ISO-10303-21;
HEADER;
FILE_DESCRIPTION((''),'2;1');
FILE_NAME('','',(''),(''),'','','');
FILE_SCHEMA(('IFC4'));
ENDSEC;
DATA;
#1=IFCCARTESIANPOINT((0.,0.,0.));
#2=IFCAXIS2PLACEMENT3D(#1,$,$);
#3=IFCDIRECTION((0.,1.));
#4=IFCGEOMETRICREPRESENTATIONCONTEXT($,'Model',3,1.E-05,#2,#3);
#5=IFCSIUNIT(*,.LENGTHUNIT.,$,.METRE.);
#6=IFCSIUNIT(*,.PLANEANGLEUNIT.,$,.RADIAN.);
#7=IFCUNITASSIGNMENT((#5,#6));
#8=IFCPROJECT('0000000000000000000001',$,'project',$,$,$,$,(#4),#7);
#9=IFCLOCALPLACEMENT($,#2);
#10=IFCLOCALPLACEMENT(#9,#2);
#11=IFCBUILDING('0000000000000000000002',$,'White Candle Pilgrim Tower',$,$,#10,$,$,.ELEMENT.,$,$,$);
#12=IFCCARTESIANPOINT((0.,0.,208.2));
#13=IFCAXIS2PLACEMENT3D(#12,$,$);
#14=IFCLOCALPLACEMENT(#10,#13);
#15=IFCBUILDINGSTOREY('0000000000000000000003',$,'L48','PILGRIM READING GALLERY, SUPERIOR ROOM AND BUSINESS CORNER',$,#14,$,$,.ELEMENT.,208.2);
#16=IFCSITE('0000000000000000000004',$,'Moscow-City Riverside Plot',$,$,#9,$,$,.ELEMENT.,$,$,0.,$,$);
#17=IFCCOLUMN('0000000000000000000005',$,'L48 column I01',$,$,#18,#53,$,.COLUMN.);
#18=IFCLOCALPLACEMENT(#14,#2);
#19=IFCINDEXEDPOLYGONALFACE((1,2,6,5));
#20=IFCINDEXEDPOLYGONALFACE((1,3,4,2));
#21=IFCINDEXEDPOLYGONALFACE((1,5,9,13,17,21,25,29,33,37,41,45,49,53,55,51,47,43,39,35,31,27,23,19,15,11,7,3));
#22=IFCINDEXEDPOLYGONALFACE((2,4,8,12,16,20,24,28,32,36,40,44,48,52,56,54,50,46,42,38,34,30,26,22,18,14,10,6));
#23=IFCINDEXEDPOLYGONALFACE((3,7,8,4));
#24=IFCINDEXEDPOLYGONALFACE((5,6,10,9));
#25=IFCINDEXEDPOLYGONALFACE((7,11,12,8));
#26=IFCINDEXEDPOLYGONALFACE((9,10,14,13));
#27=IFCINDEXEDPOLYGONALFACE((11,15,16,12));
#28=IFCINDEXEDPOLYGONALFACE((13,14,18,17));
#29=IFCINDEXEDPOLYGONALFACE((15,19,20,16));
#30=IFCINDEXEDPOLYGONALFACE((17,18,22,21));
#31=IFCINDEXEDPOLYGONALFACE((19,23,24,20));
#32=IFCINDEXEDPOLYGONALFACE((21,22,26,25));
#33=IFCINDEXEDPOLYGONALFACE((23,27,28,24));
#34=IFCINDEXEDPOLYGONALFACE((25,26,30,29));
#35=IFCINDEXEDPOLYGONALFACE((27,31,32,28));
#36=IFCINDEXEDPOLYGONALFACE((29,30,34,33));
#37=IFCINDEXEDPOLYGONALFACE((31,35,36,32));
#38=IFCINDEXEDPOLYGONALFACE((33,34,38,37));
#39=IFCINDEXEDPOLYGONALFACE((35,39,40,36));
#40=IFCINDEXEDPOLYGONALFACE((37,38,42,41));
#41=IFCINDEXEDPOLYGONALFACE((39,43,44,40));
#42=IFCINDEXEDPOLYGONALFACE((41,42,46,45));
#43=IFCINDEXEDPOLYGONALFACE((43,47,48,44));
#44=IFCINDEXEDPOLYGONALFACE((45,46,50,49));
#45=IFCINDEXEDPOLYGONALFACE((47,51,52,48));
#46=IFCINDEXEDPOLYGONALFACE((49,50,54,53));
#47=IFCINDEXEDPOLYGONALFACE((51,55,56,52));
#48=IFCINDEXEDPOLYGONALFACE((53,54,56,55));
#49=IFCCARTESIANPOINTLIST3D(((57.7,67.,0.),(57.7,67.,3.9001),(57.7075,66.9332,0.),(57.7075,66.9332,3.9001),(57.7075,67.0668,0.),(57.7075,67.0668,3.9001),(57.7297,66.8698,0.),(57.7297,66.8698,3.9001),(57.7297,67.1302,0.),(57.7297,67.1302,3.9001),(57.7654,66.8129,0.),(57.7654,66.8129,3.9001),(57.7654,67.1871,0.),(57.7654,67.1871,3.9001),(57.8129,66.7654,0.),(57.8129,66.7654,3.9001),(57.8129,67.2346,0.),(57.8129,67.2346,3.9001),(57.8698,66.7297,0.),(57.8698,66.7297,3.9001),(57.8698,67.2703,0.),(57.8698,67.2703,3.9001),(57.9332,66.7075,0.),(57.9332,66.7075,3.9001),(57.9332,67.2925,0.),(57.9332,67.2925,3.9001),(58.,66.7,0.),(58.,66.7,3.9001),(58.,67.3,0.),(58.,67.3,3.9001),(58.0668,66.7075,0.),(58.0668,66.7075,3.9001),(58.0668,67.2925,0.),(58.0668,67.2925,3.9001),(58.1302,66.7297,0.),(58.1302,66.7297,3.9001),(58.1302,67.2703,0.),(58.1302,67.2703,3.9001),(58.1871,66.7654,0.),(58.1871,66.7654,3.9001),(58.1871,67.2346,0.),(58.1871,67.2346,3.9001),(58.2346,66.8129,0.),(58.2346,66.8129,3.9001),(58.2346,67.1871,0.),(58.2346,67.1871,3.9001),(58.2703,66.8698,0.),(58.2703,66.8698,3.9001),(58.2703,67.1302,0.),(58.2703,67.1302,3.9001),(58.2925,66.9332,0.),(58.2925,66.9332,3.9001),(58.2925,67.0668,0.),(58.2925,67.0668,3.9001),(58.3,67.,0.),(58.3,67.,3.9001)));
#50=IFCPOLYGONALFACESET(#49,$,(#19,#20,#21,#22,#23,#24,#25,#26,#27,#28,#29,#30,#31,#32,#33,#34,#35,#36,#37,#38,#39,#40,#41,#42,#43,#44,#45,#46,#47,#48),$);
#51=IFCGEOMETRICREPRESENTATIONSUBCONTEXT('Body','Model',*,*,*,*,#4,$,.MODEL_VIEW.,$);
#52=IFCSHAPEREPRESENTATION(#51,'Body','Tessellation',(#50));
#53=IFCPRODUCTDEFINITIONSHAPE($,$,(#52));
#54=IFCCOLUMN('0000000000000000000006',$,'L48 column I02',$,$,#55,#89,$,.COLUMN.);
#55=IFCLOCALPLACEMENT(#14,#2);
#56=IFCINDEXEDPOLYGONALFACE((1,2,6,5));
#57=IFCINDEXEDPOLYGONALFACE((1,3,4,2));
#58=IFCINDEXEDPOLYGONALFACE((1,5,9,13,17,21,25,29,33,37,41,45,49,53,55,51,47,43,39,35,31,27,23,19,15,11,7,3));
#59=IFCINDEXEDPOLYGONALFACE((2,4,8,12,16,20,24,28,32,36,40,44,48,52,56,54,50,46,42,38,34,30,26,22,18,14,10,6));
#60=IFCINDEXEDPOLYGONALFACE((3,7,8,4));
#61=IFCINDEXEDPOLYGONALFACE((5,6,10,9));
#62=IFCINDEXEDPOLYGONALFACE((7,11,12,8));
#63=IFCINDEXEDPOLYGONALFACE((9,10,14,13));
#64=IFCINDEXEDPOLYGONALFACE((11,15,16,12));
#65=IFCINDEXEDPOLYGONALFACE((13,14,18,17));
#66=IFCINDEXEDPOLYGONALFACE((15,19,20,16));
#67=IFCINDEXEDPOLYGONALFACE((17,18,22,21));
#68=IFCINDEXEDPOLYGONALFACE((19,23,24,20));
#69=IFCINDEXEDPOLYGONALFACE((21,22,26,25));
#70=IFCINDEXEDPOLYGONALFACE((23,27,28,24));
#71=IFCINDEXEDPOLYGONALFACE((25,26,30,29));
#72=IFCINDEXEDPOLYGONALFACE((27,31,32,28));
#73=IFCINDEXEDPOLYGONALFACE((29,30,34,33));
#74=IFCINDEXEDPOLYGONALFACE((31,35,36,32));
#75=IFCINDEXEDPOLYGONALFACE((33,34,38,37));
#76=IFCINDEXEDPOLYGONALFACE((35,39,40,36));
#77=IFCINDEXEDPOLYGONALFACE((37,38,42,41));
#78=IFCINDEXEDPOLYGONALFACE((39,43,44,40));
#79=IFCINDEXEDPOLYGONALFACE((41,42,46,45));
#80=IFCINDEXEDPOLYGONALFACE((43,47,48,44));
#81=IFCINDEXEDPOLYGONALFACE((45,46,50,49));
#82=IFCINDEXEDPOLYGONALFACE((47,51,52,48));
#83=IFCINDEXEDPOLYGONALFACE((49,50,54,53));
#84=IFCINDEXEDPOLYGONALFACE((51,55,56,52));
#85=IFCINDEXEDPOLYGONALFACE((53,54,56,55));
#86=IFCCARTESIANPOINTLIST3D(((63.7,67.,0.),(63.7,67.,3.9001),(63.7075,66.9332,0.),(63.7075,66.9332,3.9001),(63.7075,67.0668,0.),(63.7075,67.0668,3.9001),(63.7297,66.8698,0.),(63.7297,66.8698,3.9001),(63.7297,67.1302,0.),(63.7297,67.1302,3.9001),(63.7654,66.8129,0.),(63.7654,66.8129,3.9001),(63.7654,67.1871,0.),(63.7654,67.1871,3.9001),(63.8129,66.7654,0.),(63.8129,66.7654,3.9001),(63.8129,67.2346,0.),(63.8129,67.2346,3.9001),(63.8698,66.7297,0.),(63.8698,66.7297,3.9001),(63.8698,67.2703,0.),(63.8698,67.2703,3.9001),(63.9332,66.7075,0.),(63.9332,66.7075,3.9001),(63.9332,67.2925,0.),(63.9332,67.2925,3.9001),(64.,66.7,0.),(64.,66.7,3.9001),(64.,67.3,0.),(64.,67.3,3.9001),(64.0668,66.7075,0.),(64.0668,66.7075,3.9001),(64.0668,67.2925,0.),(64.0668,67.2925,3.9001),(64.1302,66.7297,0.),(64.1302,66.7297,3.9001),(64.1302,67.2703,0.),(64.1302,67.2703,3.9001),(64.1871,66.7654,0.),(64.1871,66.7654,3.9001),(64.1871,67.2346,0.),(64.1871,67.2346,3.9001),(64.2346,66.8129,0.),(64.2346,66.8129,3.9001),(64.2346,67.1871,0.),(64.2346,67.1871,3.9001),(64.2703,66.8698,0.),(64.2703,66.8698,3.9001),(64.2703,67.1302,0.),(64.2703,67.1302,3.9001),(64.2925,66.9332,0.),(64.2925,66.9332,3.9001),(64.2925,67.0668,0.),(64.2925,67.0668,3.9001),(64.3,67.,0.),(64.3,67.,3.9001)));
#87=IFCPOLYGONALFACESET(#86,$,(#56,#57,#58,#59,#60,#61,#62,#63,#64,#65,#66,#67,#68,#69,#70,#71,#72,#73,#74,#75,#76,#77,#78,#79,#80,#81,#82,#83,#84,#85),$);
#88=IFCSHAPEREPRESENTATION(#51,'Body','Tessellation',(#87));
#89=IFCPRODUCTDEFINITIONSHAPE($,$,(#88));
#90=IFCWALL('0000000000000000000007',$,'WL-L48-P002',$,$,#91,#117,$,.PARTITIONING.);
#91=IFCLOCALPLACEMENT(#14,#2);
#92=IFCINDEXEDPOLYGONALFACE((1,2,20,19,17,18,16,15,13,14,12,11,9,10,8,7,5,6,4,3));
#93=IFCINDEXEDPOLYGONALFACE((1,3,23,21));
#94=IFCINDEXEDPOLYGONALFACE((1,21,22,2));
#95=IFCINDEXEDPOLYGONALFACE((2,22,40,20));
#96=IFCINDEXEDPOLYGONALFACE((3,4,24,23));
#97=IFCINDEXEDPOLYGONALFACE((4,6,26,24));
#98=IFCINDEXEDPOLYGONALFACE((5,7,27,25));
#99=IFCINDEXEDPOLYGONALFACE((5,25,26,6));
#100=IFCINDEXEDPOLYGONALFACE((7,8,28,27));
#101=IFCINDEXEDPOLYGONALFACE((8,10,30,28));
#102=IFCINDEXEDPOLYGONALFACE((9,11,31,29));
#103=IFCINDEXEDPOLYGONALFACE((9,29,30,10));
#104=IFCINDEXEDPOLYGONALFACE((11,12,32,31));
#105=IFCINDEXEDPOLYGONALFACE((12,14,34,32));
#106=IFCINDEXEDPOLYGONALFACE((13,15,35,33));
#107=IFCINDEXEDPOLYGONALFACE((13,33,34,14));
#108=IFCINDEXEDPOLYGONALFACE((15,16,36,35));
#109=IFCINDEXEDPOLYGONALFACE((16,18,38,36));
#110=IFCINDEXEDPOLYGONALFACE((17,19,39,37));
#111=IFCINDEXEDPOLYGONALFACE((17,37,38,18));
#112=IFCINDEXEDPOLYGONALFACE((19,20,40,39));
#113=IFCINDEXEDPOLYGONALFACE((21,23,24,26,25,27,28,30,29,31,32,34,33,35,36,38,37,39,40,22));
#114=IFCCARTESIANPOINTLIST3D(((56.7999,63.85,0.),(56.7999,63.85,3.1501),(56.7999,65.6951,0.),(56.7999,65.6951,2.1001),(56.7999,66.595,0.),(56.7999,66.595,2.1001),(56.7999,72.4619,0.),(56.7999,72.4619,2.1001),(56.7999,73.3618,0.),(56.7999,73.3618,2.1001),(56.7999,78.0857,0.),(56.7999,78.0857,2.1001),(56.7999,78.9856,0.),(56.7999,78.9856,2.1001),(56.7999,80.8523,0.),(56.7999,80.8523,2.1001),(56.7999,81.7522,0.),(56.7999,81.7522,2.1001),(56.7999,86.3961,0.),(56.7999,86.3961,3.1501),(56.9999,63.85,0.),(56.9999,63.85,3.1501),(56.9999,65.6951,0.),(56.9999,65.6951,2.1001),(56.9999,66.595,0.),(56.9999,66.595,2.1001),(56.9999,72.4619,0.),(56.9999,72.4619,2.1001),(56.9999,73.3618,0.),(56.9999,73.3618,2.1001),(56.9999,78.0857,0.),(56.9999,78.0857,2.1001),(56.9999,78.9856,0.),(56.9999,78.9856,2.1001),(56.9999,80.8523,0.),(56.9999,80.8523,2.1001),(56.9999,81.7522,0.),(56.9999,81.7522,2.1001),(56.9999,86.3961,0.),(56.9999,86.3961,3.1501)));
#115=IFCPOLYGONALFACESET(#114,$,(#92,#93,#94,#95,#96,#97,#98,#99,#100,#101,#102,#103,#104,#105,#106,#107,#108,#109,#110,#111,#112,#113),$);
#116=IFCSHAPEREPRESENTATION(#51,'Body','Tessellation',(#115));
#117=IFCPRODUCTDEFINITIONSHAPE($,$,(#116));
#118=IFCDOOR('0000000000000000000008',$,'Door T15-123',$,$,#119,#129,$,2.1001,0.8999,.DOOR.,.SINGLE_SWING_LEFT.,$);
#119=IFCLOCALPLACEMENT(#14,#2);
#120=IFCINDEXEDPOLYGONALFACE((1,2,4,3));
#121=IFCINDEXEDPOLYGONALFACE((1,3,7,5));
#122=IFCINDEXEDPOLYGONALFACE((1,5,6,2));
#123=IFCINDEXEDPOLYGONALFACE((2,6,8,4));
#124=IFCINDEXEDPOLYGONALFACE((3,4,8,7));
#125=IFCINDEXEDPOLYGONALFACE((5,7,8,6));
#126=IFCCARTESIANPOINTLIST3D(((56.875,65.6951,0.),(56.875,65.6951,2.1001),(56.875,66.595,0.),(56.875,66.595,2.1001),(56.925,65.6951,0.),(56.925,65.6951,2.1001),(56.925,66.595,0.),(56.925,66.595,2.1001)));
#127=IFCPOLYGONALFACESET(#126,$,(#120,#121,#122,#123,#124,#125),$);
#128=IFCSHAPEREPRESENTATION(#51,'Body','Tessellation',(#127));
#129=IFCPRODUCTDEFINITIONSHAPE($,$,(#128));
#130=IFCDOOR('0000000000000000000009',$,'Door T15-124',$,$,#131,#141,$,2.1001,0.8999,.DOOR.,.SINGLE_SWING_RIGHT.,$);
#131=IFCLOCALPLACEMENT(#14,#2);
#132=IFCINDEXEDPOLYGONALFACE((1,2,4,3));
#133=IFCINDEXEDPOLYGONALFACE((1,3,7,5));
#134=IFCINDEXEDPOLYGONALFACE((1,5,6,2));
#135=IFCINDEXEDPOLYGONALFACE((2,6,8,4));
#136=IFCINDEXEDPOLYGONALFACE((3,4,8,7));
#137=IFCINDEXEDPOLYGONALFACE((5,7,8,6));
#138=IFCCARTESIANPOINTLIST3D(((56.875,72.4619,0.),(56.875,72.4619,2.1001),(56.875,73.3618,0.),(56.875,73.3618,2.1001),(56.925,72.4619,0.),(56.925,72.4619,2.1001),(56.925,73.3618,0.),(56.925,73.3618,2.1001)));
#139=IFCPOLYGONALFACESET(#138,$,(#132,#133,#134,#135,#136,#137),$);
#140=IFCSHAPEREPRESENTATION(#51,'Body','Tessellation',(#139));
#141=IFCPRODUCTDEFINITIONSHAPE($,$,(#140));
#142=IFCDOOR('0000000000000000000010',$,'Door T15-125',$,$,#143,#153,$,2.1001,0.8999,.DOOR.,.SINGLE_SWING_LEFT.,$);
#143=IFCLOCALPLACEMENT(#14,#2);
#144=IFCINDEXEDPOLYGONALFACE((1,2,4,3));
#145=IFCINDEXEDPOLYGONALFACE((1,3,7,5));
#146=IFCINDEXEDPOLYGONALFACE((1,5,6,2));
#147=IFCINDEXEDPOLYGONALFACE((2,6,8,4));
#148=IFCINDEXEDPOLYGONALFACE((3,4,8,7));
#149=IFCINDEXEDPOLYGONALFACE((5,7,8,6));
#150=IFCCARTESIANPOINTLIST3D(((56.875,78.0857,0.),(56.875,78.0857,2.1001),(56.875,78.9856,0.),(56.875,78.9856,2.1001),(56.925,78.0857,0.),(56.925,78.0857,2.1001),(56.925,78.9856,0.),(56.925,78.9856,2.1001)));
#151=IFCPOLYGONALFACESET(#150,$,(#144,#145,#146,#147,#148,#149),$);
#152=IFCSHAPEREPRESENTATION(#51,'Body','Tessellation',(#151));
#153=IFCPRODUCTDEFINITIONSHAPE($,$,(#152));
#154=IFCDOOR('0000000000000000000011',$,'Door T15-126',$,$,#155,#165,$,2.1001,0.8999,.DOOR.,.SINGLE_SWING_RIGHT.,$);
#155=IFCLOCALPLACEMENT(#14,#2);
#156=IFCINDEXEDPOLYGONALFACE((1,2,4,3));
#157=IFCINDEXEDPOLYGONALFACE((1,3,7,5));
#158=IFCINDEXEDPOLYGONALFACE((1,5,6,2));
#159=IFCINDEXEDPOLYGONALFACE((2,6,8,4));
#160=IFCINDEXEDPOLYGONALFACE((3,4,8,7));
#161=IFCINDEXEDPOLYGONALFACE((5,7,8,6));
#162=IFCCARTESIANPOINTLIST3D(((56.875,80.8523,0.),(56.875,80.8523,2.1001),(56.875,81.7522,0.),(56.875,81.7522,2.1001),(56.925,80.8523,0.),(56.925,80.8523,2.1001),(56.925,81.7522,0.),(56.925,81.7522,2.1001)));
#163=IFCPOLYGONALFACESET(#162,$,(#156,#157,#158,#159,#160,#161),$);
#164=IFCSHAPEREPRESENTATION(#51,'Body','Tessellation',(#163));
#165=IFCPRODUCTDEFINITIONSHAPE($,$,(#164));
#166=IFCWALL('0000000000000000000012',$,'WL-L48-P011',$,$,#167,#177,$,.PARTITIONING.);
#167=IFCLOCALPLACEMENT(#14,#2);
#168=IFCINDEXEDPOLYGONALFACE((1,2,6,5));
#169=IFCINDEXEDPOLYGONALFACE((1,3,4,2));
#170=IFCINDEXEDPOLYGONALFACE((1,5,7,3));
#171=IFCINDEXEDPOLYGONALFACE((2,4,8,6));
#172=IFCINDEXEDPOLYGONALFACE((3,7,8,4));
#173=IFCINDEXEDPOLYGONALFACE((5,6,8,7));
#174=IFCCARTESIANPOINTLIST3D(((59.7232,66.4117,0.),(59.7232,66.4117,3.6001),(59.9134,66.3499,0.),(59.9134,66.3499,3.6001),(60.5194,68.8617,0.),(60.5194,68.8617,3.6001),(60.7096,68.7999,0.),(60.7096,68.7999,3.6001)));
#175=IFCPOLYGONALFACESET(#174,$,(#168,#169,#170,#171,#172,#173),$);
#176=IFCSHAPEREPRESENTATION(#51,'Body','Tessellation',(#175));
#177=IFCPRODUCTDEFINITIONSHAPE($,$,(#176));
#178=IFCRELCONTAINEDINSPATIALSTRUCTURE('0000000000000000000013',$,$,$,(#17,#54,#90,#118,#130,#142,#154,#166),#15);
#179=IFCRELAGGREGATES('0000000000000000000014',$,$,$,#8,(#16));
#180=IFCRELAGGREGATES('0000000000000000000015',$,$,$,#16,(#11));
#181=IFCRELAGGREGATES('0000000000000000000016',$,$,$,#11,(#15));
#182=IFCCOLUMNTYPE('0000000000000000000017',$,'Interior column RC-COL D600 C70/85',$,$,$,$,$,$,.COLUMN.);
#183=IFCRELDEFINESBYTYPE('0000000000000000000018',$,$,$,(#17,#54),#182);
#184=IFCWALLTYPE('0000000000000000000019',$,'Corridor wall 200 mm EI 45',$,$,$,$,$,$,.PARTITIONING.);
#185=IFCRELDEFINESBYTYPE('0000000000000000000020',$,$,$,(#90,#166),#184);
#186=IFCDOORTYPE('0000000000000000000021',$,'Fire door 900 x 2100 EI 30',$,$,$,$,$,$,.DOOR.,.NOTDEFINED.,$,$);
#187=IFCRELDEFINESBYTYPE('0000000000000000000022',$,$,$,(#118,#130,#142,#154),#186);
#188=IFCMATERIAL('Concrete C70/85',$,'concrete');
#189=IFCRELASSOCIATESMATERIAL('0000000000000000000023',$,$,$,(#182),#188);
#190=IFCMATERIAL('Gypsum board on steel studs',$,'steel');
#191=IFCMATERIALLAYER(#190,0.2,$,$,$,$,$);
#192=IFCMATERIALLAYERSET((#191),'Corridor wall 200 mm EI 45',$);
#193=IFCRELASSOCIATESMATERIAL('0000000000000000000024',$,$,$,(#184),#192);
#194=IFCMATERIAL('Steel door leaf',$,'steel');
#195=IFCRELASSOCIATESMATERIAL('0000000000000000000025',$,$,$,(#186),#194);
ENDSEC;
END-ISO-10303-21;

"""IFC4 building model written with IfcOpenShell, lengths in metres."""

from ifc_helpers import new_model, si_unit, direction, frame, frame_2d, origin, origin_2d, place, context, subcontext, project, spatial, rectangle, circle, extrude, material, layer, layer_set, material_profile, profile_set, type_object, element, fill, save


model = new_model("IFC4")

# Units and contexts
model_context = context("Model", 3, precision=1e-05, world=origin(), true_north=direction((0.0, 1.0)))
body_context = subcontext(model_context, "Body", "Model", "MODEL_VIEW")
ifc_project = project(units=[si_unit("LENGTHUNIT", "METRE"), si_unit("PLANEANGLEUNIT", "RADIAN")], contexts=[model_context])

# Site, building, storey
site_placement = place(None, origin())
site = spatial("IfcSite", under=ifc_project, at=site_placement, Name="Moscow-City Riverside Plot", CompositionType="ELEMENT", RefElevation=0.0)
building_placement = place(site_placement, origin())
building = spatial("IfcBuilding", under=site, at=building_placement, Name="White Candle Pilgrim Tower", CompositionType="ELEMENT")
storey_placement = place(building_placement, frame((0.0, 0.0, 208.2)))
storey = spatial("IfcBuildingStorey", under=building, at=storey_placement, Name="L48", Description="PILGRIM READING GALLERY, SUPERIOR ROOM AND BUSINESS CORNER", CompositionType="ELEMENT", Elevation=208.2)

# Columns
ifc_material_1 = material(Name="Concrete C70/85", Category="concrete")
ifc_material_profile = material_profile(ifc_material_1, circle(Radius=0.3, at=origin_2d()), Name="RC-COL D600")
ifc_profile_set = profile_set([ifc_material_profile], Name="Concrete C70/85")
column_type = type_object("IfcColumnType", Name="Interior column RC-COL D600 C70/85", PredefinedType="COLUMN", material=ifc_profile_set)
for number, where, z_axis, x_axis, name in (
    (1, (58.0, 67.0, 0.0), (0.0, 0.0, 1.0), (1.0, 0.0, 0.0), "L48 column I01"),
    (2, (64.0, 67.0, 0.0), (0.0, 0.0, 1.0), (1.0, 0.0, 0.0), "L48 column I02"),
):
    element("IfcColumn", number, at=place(storey_placement, frame(where, z_axis=z_axis, x_axis=x_axis)), inside=storey, type_object=column_type, Name=name, PredefinedType="COLUMN", context=body_context, shape_type="SweptSolid", body=[
        extrude(circle(Radius=0.3, at=origin_2d()), origin(), (0.0, 0.0, 1.0), 3.9001),
    ])

# Wall, openings, doors
ifc_material_2 = material(Name="Gypsum board on steel studs", Category="steel")
ifc_layer_1 = layer(ifc_material_2, 0.2)
ifc_layer_set_1 = layer_set([ifc_layer_1], Name="Corridor wall 200 mm EI 45")
wall_type_1 = type_object("IfcWallType", Name="Corridor wall 200 mm EI 45", PredefinedType="PARTITIONING", material=ifc_layer_set_1)
wall_1_placement = place(storey_placement, frame((56.8999, 63.8501, 0.0), z_axis=(0.0, 0.0, 1.0), x_axis=(0.0, 1.0, 0.0)))
wall_1 = element("IfcWall", 3, at=wall_1_placement, inside=storey, type_object=wall_type_1, Name="WL-L48-P002", PredefinedType="PARTITIONING", context=body_context, shape_type="SweptSolid", body=[
    extrude(rectangle(XDim=22.5461, YDim=0.2, at=frame_2d((11.2729, 0.0))), origin(), (0.0, 0.0, 1.0), 3.1501),
])
opening_1_placement = place(wall_1_placement, frame((1.845, 0.0, 0.0)))
opening_1 = element("IfcOpeningElement", 4, at=opening_1_placement, cuts=wall_1, PredefinedType="OPENING", context=body_context, shape_type="SweptSolid", body=[
    extrude(rectangle(XDim=0.8999, YDim=2.1001, at=frame_2d((0.45, 1.05))), frame((0.0, 0.1099, 0.0), z_axis=(0.0, -1.0, 0.0), x_axis=(1.0, 0.0, 0.0)), (0.0, 0.0, 1.0), 0.22),
])
opening_2_placement = place(wall_1_placement, frame((8.6118, 0.0, 0.0)))
opening_2 = element("IfcOpeningElement", 5, at=opening_2_placement, cuts=wall_1, PredefinedType="OPENING", context=body_context, shape_type="SweptSolid", body=[
    extrude(rectangle(XDim=0.8999, YDim=2.1001, at=frame_2d((0.45, 1.05))), frame((0.0, 0.1099, 0.0), z_axis=(0.0, -1.0, 0.0), x_axis=(1.0, 0.0, 0.0)), (0.0, 0.0, 1.0), 0.22),
])
opening_3_placement = place(wall_1_placement, frame((14.2356, 0.0, 0.0)))
opening_3 = element("IfcOpeningElement", 6, at=opening_3_placement, cuts=wall_1, PredefinedType="OPENING", context=body_context, shape_type="SweptSolid", body=[
    extrude(rectangle(XDim=0.8999, YDim=2.1001, at=frame_2d((0.45, 1.05))), frame((0.0, 0.1099, 0.0), z_axis=(0.0, -1.0, 0.0), x_axis=(1.0, 0.0, 0.0)), (0.0, 0.0, 1.0), 0.22),
])
opening_4_placement = place(wall_1_placement, frame((17.0022, 0.0, 0.0)))
opening_4 = element("IfcOpeningElement", 7, at=opening_4_placement, cuts=wall_1, PredefinedType="OPENING", context=body_context, shape_type="SweptSolid", body=[
    extrude(rectangle(XDim=0.8999, YDim=2.1001, at=frame_2d((0.45, 1.05))), frame((0.0, 0.1099, 0.0), z_axis=(0.0, -1.0, 0.0), x_axis=(1.0, 0.0, 0.0)), (0.0, 0.0, 1.0), 0.22),
])
ifc_material_3 = material(Name="Steel door leaf", Category="steel")
door_type_1 = type_object("IfcDoorType", Name="Fire door 900 x 2100 EI 30", OperationType="NOTDEFINED", PredefinedType="DOOR", material=ifc_material_3)
door_1_placement = place(opening_1_placement, origin())
door_1 = element("IfcDoor", 8, at=door_1_placement, inside=storey, type_object=door_type_1, Name="Door T15-123", OperationType="SINGLE_SWING_LEFT", OverallHeight=2.1001, OverallWidth=0.8999, PredefinedType="DOOR", context=body_context, shape_type="SweptSolid", body=[
    extrude(rectangle(XDim=0.8999, YDim=2.1001, at=frame_2d((0.45, 1.05))), frame((0.0, 0.0249, 0.0), z_axis=(0.0, -1.0, 0.0), x_axis=(1.0, 0.0, 0.0)), (0.0, 0.0, 1.0), 0.05),
])
fill(opening_1, door_1)
door_2_placement = place(opening_2_placement, origin())
door_2 = element("IfcDoor", 9, at=door_2_placement, inside=storey, type_object=door_type_1, Name="Door T15-124", OperationType="SINGLE_SWING_RIGHT", OverallHeight=2.1001, OverallWidth=0.8999, PredefinedType="DOOR", context=body_context, shape_type="SweptSolid", body=[
    extrude(rectangle(XDim=0.8999, YDim=2.1001, at=frame_2d((0.45, 1.05))), frame((0.0, 0.0249, 0.0), z_axis=(0.0, -1.0, 0.0), x_axis=(1.0, 0.0, 0.0)), (0.0, 0.0, 1.0), 0.05),
])
fill(opening_2, door_2)
door_3_placement = place(opening_3_placement, origin())
door_3 = element("IfcDoor", 10, at=door_3_placement, inside=storey, type_object=door_type_1, Name="Door T15-125", OperationType="SINGLE_SWING_LEFT", OverallHeight=2.1001, OverallWidth=0.8999, PredefinedType="DOOR", context=body_context, shape_type="SweptSolid", body=[
    extrude(rectangle(XDim=0.8999, YDim=2.1001, at=frame_2d((0.45, 1.05))), frame((0.0, 0.0249, 0.0), z_axis=(0.0, -1.0, 0.0), x_axis=(1.0, 0.0, 0.0)), (0.0, 0.0, 1.0), 0.05),
])
fill(opening_3, door_3)
door_4_placement = place(opening_4_placement, origin())
door_4 = element("IfcDoor", 11, at=door_4_placement, inside=storey, type_object=door_type_1, Name="Door T15-126", OperationType="SINGLE_SWING_RIGHT", OverallHeight=2.1001, OverallWidth=0.8999, PredefinedType="DOOR", context=body_context, shape_type="SweptSolid", body=[
    extrude(rectangle(XDim=0.8999, YDim=2.1001, at=frame_2d((0.45, 1.05))), frame((0.0, 0.0249, 0.0), z_axis=(0.0, -1.0, 0.0), x_axis=(1.0, 0.0, 0.0)), (0.0, 0.0, 1.0), 0.05),
])
fill(opening_4, door_4)

# Wall
wall_2_placement = place(storey_placement, frame((60.6145, 68.8308, 0.0), z_axis=(0.0, 0.0, 1.0), x_axis=(-0.309054, -0.951045, 0.0)))
element("IfcWall", 12, at=wall_2_placement, inside=storey, type_object=wall_type_1, Name="WL-L48-P011", PredefinedType="PARTITIONING", context=body_context, shape_type="SweptSolid", body=[
    extrude(rectangle(XDim=2.5762, YDim=0.2, at=frame_2d((1.2881, 0.0))), origin(), (0.0, 0.0, 1.0), 3.6001),
])

save(model, "model.ifc")
